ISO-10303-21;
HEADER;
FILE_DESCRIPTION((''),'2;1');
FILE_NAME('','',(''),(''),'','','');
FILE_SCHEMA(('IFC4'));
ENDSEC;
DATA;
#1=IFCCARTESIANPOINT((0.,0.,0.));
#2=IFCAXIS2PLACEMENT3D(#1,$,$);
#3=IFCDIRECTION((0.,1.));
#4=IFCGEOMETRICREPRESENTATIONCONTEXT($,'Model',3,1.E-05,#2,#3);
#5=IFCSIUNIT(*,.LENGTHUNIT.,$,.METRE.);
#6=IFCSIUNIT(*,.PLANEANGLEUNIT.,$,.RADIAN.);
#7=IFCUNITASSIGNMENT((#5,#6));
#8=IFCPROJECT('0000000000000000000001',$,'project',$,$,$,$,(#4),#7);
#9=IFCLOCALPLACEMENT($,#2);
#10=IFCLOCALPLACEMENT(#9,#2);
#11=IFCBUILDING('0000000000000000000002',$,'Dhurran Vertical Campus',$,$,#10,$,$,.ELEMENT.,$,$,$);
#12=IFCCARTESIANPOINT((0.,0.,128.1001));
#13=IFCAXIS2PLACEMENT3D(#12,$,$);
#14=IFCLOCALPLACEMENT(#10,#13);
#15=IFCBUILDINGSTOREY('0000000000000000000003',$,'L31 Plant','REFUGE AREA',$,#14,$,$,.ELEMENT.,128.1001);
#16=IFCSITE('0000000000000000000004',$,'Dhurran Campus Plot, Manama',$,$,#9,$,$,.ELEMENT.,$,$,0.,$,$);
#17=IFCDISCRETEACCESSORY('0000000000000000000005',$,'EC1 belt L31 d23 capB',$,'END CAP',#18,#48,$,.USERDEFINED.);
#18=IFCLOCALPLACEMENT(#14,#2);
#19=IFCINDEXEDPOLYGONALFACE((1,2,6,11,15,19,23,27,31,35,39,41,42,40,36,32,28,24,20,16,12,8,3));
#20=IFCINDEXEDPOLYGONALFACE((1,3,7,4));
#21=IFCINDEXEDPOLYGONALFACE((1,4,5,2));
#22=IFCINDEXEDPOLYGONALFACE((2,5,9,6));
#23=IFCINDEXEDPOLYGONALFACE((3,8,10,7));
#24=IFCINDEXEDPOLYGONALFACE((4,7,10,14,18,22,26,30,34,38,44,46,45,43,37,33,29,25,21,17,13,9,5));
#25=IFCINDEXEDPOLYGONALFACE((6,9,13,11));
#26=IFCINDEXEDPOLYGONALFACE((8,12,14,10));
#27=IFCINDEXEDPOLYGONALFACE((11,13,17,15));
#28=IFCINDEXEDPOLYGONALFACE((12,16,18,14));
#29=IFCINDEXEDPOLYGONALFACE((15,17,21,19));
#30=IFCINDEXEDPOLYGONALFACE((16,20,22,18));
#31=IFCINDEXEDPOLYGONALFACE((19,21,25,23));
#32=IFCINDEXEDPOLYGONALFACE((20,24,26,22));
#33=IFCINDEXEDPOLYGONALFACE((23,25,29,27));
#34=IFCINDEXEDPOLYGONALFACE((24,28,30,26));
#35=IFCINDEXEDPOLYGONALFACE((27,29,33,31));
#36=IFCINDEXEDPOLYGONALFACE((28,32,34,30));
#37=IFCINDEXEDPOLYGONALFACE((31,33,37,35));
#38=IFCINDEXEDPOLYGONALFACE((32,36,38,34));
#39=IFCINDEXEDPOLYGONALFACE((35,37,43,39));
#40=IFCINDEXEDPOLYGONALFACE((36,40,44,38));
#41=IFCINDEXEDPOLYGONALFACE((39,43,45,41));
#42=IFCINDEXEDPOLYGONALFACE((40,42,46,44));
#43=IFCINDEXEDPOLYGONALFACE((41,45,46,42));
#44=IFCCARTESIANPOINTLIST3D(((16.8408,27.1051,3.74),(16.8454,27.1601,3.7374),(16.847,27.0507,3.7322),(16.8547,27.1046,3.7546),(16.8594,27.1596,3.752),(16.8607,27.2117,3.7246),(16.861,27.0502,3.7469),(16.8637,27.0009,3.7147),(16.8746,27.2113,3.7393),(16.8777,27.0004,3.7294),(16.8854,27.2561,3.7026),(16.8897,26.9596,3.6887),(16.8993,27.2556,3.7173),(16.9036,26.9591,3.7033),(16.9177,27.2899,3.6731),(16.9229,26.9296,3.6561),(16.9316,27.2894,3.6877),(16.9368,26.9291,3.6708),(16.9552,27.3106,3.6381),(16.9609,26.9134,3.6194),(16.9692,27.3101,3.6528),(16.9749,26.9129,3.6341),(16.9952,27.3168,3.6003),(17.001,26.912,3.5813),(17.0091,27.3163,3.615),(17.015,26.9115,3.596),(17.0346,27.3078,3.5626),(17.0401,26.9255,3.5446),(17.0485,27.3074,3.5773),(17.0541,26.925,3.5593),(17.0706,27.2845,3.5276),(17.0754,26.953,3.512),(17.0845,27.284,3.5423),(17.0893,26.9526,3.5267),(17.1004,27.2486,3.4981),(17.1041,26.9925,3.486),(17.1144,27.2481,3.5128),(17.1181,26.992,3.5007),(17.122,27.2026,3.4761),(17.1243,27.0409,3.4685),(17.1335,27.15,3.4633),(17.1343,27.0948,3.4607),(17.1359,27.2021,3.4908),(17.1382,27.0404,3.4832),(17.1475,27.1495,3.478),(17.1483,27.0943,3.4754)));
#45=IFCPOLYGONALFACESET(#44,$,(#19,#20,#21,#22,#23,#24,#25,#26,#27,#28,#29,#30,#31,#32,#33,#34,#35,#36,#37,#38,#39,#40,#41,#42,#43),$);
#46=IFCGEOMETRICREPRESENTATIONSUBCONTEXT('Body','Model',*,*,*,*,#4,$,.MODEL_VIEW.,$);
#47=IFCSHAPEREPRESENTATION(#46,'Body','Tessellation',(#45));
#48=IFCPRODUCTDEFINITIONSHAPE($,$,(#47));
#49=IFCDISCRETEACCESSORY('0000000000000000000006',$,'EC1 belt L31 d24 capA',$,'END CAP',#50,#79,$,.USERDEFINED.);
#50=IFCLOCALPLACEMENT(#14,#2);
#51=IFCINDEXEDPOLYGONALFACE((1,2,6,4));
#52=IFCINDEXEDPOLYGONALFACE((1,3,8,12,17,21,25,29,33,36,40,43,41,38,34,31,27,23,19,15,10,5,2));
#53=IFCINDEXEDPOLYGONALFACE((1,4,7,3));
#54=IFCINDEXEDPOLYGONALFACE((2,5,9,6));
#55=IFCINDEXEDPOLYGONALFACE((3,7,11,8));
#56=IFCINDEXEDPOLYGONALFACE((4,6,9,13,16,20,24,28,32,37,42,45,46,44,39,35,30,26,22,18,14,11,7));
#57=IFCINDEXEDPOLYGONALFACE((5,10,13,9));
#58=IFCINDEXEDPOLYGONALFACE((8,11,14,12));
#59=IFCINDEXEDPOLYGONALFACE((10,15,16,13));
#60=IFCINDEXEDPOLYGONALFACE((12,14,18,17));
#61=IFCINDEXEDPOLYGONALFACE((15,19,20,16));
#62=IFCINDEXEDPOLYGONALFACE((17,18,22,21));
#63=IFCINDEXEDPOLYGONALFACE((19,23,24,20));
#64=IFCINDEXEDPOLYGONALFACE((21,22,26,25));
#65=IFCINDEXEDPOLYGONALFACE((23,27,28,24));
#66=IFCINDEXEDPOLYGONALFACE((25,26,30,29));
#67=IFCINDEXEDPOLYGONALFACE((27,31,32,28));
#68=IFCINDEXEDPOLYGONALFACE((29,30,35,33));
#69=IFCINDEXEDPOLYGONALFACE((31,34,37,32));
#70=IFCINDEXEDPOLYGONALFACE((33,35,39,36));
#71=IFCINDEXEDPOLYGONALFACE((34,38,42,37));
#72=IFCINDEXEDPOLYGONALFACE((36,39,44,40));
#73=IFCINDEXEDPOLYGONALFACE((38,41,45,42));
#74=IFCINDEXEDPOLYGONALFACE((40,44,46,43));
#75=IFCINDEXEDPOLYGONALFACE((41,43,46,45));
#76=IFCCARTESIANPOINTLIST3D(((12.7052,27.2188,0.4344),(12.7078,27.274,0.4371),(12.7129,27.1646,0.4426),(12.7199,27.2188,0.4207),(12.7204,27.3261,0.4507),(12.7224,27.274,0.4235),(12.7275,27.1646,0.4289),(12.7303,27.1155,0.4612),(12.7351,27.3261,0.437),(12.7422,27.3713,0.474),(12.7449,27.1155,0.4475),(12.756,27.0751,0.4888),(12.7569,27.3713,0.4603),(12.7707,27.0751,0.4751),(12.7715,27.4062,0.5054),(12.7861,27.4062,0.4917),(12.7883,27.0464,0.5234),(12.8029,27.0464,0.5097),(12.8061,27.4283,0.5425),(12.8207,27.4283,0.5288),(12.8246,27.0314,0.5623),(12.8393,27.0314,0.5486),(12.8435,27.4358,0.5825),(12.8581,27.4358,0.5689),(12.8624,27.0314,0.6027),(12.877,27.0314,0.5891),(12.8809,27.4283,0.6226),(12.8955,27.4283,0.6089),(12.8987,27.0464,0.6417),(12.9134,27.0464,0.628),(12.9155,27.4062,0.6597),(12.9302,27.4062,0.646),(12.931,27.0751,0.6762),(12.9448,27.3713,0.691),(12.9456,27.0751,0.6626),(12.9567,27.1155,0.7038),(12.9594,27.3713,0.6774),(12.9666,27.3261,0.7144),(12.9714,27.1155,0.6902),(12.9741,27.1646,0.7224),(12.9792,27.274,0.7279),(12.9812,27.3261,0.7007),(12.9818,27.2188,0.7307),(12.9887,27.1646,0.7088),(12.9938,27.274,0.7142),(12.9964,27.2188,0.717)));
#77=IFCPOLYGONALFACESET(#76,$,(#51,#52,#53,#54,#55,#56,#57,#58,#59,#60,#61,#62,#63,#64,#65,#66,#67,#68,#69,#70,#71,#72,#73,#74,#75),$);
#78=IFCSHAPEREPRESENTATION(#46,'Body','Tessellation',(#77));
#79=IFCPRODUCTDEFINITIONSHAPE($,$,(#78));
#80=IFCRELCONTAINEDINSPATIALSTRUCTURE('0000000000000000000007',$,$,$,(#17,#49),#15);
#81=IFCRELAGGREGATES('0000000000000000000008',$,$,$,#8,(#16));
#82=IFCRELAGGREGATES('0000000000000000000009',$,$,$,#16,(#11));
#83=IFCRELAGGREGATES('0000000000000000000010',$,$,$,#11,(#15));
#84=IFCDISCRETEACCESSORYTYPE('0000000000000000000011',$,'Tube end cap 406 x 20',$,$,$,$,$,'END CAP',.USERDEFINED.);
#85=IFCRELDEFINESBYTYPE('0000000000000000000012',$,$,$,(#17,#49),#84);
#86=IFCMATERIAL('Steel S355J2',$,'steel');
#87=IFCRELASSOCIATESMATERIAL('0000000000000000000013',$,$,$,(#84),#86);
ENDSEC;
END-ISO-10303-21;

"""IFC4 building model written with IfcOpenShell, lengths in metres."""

from ifc_helpers import new_model, si_unit, direction, frame, origin, origin_2d, place, context, subcontext, project, spatial, circle, extrude, material, material_profile, profile_set, type_object, element, save


model = new_model("IFC4")

# Units and contexts
model_context = context("Model", 3, precision=1e-05, world=origin(), true_north=direction((0.0, 1.0)))
body_context = subcontext(model_context, "Body", "Model", "MODEL_VIEW")
ifc_project = project(units=[si_unit("LENGTHUNIT", "METRE"), si_unit("PLANEANGLEUNIT", "RADIAN")], contexts=[model_context])

# Site, building, storey
site_placement = place(None, origin())
site = spatial("IfcSite", under=ifc_project, at=site_placement, Name="Dhurran Campus Plot, Manama", CompositionType="ELEMENT", RefElevation=0.0)
building_placement = place(site_placement, origin())
building = spatial("IfcBuilding", under=site, at=building_placement, Name="Dhurran Vertical Campus", CompositionType="ELEMENT")
storey_placement = place(building_placement, frame((0.0, 0.0, 128.1001)))
storey = spatial("IfcBuildingStorey", under=building, at=storey_placement, Name="L31 Plant", Description="REFUGE AREA", CompositionType="ELEMENT", Elevation=128.1001)

# Discrete accessories
ifc_material_1 = material(Name="Steel S355J2", Category="steel")
ifc_material_profile_1 = material_profile(ifc_material_1, circle(Radius=0.2031, at=origin_2d()), Name="Tube end cap 406 x 20")
ifc_profile_set_1 = profile_set([ifc_material_profile_1], Name="Steel S355J2")
discrete_accessory_type = type_object("IfcDiscreteAccessoryType", Name="Tube end cap 406 x 20", ElementType="END CAP", PredefinedType="USERDEFINED", material=ifc_profile_set_1)
discrete_accessory_1_placement = place(storey_placement, frame((16.988, 27.1138, 3.6003), z_axis=(0.688548, -0.02416, 0.724788), x_axis=(0.035066, 0.999385, 0.0)))
element("IfcDiscreteAccessory", 1, at=discrete_accessory_1_placement, inside=storey, type_object=discrete_accessory_type, Name="EC1 belt L31 d23 capB", ObjectType="END CAP", PredefinedType="USERDEFINED", context=body_context, shape_type="SweptSolid", body=[
    extrude(circle(Radius=0.2031, at=origin_2d()), origin(), (0.0, 0.0, 1.0), 0.0203),
])
discrete_accessory_2_placement = place(storey_placement, frame((12.8435, 27.2327, 0.5825), z_axis=(0.731055, 0.0, -0.682318), x_axis=(0.0, 1.0, 0.0)))
element("IfcDiscreteAccessory", 2, at=discrete_accessory_2_placement, inside=storey, type_object=discrete_accessory_type, Name="EC1 belt L31 d24 capA", ObjectType="END CAP", PredefinedType="USERDEFINED", context=body_context, shape_type="SweptSolid", body=[
    extrude(circle(Radius=0.2031, at=origin_2d()), origin(), (0.0, 0.0, 1.0), 0.02),
])

save(model, "model.ifc")
